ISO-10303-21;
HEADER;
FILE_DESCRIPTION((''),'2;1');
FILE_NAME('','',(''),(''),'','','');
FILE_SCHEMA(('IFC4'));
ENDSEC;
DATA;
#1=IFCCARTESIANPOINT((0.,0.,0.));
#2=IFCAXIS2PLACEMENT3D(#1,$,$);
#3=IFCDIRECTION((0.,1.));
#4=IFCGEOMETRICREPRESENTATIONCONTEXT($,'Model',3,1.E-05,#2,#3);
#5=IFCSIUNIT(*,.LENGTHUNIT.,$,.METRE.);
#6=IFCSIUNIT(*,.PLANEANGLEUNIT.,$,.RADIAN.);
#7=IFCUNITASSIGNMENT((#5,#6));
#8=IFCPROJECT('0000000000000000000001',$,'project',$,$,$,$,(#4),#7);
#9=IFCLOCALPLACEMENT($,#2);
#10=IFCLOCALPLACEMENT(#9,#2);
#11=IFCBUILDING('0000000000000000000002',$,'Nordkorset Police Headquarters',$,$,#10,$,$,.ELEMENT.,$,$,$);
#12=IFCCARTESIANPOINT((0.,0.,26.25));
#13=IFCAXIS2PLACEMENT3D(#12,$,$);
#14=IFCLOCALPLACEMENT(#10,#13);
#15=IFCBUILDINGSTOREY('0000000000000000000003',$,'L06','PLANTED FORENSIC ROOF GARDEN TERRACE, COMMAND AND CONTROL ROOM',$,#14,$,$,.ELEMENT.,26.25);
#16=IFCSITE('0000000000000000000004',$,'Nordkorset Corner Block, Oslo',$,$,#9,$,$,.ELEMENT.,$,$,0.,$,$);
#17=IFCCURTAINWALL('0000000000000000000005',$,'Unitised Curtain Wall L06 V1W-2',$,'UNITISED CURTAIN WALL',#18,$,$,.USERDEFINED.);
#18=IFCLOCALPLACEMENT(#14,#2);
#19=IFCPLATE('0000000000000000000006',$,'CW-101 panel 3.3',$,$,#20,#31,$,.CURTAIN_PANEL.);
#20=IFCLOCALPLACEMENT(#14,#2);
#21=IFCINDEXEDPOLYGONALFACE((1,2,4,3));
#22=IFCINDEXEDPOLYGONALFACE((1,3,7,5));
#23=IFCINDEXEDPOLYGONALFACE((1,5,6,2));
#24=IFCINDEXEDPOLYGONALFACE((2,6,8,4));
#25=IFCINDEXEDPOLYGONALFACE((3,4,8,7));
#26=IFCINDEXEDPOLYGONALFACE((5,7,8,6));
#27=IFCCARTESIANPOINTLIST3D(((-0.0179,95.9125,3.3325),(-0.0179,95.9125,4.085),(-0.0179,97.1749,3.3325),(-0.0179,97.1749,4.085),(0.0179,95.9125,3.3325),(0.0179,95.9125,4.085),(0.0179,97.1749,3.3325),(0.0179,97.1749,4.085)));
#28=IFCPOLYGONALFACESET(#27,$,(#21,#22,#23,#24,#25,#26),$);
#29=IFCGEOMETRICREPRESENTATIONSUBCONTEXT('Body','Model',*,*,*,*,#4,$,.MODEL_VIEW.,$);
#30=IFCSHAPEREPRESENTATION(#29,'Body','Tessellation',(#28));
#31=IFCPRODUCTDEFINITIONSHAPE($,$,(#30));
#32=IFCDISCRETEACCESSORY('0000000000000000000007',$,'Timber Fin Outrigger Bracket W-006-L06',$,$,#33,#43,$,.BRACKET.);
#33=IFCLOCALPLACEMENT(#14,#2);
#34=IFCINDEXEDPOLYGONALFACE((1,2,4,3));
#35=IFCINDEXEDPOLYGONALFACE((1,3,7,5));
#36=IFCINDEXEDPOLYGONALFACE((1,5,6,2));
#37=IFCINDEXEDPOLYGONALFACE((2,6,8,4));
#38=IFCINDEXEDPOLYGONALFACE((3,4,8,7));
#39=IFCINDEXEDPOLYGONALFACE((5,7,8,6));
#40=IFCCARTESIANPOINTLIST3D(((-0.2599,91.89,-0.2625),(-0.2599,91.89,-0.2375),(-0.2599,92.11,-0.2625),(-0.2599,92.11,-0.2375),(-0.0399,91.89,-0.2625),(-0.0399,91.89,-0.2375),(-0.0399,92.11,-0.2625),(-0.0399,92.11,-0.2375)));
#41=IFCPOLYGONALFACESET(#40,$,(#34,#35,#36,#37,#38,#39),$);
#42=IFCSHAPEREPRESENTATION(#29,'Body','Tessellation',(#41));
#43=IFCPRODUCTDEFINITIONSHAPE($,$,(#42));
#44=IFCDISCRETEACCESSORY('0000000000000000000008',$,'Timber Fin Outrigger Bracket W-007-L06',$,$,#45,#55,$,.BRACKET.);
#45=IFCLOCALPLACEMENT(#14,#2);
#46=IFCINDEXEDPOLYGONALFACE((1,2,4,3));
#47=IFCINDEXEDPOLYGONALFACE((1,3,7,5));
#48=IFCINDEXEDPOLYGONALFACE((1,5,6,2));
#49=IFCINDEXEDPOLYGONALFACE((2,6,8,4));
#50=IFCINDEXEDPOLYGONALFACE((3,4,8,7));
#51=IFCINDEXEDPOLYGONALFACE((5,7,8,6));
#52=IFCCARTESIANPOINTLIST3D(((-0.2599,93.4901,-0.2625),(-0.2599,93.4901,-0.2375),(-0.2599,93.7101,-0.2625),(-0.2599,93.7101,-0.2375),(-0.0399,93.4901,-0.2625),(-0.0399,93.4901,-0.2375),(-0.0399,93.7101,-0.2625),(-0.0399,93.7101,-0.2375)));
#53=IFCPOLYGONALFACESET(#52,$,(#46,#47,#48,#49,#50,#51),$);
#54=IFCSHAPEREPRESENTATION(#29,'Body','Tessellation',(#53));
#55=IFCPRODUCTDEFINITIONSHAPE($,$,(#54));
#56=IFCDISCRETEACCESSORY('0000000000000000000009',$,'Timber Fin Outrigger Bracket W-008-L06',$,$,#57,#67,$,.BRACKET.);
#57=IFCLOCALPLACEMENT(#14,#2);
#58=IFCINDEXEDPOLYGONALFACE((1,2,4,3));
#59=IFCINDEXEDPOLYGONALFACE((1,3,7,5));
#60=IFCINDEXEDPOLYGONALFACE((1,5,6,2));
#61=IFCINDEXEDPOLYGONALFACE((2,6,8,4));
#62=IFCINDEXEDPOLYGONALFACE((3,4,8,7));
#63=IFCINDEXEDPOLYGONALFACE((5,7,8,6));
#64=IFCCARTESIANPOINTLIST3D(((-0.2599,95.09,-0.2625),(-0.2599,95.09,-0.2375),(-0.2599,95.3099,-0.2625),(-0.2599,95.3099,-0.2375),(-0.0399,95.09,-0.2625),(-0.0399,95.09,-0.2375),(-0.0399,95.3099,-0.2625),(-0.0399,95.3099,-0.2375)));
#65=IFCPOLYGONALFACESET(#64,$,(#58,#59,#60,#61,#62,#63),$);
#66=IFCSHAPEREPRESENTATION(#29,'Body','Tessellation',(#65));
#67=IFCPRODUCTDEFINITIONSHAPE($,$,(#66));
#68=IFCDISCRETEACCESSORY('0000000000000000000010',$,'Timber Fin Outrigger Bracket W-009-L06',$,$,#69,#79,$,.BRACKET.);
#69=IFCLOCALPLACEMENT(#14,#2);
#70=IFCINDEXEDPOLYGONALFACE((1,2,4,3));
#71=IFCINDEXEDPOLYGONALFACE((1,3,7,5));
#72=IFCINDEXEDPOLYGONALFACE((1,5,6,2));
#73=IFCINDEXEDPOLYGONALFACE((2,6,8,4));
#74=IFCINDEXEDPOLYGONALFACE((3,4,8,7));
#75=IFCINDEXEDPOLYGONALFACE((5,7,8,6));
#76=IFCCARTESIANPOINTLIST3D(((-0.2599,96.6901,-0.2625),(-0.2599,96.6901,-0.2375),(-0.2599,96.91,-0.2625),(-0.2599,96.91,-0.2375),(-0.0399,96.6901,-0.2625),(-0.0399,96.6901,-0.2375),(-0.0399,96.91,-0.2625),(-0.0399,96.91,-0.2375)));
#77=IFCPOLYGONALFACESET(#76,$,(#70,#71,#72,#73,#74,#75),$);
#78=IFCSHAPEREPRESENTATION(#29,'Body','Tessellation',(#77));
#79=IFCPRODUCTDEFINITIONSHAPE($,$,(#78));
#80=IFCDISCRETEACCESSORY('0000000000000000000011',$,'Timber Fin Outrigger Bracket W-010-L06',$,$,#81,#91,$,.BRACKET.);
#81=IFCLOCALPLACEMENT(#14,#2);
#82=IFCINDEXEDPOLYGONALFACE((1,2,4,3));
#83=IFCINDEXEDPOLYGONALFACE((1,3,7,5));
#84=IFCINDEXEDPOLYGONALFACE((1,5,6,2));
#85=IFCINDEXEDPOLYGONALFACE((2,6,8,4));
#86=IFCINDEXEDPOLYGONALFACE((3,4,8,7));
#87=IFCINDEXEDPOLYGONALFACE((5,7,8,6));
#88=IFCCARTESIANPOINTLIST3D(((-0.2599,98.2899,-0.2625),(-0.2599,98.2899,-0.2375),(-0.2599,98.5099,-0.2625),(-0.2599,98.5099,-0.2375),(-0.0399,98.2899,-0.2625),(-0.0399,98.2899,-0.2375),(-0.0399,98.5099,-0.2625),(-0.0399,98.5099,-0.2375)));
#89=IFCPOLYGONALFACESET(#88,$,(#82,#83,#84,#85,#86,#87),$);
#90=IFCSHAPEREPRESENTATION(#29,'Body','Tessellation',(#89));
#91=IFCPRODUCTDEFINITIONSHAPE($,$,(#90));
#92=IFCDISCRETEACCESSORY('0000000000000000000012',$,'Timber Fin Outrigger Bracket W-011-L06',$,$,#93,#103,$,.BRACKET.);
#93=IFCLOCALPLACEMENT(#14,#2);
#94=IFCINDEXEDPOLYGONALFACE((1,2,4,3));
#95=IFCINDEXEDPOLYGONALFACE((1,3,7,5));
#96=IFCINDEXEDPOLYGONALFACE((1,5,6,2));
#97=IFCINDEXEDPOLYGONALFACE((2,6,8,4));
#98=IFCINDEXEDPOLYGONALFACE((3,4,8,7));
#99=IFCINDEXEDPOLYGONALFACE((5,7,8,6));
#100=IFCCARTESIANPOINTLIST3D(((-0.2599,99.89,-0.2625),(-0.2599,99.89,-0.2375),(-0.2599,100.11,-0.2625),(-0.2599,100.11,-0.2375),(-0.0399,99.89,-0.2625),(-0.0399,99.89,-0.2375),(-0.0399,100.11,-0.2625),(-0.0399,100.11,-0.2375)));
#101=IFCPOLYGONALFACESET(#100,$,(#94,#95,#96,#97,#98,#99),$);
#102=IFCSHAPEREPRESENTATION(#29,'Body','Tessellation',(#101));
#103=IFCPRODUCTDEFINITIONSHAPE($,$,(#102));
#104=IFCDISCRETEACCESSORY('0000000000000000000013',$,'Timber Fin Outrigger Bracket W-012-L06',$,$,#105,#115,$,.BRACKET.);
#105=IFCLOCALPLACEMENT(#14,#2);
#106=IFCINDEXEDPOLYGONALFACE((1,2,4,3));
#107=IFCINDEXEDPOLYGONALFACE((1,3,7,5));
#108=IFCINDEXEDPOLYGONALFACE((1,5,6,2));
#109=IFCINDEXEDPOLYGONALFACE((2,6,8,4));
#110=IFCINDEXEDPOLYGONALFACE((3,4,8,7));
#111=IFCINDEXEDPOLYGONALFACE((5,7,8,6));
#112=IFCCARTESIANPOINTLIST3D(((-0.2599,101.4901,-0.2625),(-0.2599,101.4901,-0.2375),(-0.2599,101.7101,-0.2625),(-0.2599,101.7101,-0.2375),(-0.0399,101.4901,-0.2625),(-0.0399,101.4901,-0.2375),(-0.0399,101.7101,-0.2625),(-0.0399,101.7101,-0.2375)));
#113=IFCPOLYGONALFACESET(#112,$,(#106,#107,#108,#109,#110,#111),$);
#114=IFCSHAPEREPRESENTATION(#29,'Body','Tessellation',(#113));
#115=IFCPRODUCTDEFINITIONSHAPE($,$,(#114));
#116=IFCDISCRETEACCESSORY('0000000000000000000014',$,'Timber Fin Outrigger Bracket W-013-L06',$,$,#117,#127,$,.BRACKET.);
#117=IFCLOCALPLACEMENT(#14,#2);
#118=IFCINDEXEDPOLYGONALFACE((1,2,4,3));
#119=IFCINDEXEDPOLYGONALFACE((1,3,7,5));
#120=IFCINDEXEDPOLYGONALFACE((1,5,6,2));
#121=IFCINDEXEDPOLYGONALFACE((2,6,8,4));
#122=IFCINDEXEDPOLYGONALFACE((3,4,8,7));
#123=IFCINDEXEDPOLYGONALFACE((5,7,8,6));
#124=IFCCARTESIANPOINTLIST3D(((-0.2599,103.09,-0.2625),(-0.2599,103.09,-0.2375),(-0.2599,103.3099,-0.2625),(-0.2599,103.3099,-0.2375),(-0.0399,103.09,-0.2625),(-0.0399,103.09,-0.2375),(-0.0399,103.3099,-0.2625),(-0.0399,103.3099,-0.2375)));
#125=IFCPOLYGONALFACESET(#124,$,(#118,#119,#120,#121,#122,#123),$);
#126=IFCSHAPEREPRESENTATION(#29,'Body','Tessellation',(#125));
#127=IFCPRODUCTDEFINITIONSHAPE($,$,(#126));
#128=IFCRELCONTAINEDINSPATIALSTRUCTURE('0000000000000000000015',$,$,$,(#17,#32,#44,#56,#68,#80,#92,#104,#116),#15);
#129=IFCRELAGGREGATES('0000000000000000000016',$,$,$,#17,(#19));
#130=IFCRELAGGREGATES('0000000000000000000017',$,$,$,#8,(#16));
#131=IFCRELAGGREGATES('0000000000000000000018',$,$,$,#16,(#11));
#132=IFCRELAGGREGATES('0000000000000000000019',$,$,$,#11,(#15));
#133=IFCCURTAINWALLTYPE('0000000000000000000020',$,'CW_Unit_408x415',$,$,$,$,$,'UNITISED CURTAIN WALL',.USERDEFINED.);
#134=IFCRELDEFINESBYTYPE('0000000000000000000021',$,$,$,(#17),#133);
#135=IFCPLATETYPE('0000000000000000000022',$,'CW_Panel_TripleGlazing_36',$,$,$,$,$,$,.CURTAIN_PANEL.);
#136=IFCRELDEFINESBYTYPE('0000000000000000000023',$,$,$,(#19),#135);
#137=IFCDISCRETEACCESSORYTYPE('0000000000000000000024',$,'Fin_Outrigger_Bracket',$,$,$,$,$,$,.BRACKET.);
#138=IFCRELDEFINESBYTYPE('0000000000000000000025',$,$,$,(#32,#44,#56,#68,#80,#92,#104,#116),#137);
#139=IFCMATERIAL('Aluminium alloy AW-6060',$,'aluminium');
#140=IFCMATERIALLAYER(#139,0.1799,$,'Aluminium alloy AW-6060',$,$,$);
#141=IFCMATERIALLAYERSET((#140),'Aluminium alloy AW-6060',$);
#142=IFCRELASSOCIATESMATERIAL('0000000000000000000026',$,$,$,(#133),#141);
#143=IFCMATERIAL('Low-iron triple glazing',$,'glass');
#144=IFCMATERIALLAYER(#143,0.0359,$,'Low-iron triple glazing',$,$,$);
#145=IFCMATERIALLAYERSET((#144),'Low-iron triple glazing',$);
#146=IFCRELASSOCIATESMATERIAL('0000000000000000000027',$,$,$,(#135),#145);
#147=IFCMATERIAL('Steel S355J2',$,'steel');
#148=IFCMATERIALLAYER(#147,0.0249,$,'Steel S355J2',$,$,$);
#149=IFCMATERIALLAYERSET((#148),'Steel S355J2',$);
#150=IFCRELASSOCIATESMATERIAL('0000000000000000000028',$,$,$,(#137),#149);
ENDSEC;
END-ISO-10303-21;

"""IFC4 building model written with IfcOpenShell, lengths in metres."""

from ifc_helpers import new_model, si_unit, direction, frame, origin, origin_2d, place, context, subcontext, project, spatial, rectangle, extrude, material, layer, layer_set, type_object, element, aggregate, save


model = new_model("IFC4")

# Units and contexts
model_context = context("Model", 3, precision=1e-05, world=origin(), true_north=direction((0.0, 1.0)))
body_context = subcontext(model_context, "Body", "Model", "MODEL_VIEW")
ifc_project = project(units=[si_unit("LENGTHUNIT", "METRE"), si_unit("PLANEANGLEUNIT", "RADIAN")], contexts=[model_context])

# Site, building, storey
site_placement = place(None, origin())
site = spatial("IfcSite", under=ifc_project, at=site_placement, Name="Nordkorset Corner Block, Oslo", CompositionType="ELEMENT", RefElevation=0.0)
building_placement = place(site_placement, origin())
building = spatial("IfcBuilding", under=site, at=building_placement, Name="Nordkorset Police Headquarters", CompositionType="ELEMENT")
storey_placement = place(building_placement, frame((0.0, 0.0, 26.25)))
storey = spatial("IfcBuildingStorey", under=building, at=storey_placement, Name="L06", Description="PLANTED FORENSIC ROOF GARDEN TERRACE, COMMAND AND CONTROL ROOM", CompositionType="ELEMENT", Elevation=26.25)

# Shared definitions
ifc_material_1 = material(Name="Aluminium alloy AW-6060", Category="aluminium")
ifc_layer_1 = layer(ifc_material_1, 0.1799, Name="Aluminium alloy AW-6060")
ifc_layer_set_1 = layer_set([ifc_layer_1], Name="Aluminium alloy AW-6060")
curtain_wall_type = type_object("IfcCurtainWallType", Name="CW_Unit_408x415", ElementType="UNITISED CURTAIN WALL", PredefinedType="USERDEFINED", material=ifc_layer_set_1)

# Curtain wall
curtain_wall_1_placement = place(storey_placement, origin())
curtain_wall_1 = element("IfcCurtainWall", 1, at=curtain_wall_1_placement, inside=storey, type_object=curtain_wall_type, Name="Unitised Curtain Wall L06 V1W-2", ObjectType="UNITISED CURTAIN WALL", PredefinedType="USERDEFINED")

# Plate
ifc_material_2 = material(Name="Low-iron triple glazing", Category="glass")
ifc_layer_2 = layer(ifc_material_2, 0.0359, Name="Low-iron triple glazing")
ifc_layer_set_2 = layer_set([ifc_layer_2], Name="Low-iron triple glazing")
plate_type = type_object("IfcPlateType", Name="CW_Panel_TripleGlazing_36", PredefinedType="CURTAIN_PANEL", material=ifc_layer_set_2)
plate_1_placement = place(storey_placement, frame((0.0, 96.5437, 3.3325), z_axis=(0.0, 0.0, 1.0), x_axis=(0.0, 1.0, 0.0)))
plate_1 = element("IfcPlate", 2, at=plate_1_placement, type_object=plate_type, Name="CW-101 panel 3.3", PredefinedType="CURTAIN_PANEL", context=body_context, shape_type="SweptSolid", body=[
    extrude(rectangle(XDim=1.2625, YDim=0.0359, at=origin_2d()), origin(), (0.0, 0.0, 1.0), 0.7524),
])
aggregate(curtain_wall_1, [plate_1])

# Discrete accessories
ifc_material_3 = material(Name="Steel S355J2", Category="steel")
ifc_layer_3 = layer(ifc_material_3, 0.0249, Name="Steel S355J2")
ifc_layer_set_3 = layer_set([ifc_layer_3], Name="Steel S355J2")
discrete_accessory_type = type_object("IfcDiscreteAccessoryType", Name="Fin_Outrigger_Bracket", PredefinedType="BRACKET", material=ifc_layer_set_3)
for number, where, z_axis, x_axis, name in (
    (3, (-0.1499, 92.0, -0.2625), (0.0, 0.0, 1.0), (1.0, 0.0, 0.0), "Timber Fin Outrigger Bracket W-006-L06"),
    (4, (-0.1499, 93.6001, -0.2625), (0.0, 0.0, 1.0), (1.0, 0.0, 0.0), "Timber Fin Outrigger Bracket W-007-L06"),
    (5, (-0.1499, 95.2, -0.2625), (0.0, 0.0, 1.0), (1.0, 0.0, 0.0), "Timber Fin Outrigger Bracket W-008-L06"),
    (6, (-0.1499, 96.8, -0.2625), (0.0, 0.0, 1.0), (1.0, 0.0, 0.0), "Timber Fin Outrigger Bracket W-009-L06"),
    (7, (-0.1499, 98.3999, -0.2625), (0.0, 0.0, 1.0), (1.0, 0.0, 0.0), "Timber Fin Outrigger Bracket W-010-L06"),
    (8, (-0.1499, 100.0, -0.2625), (0.0, 0.0, 1.0), (1.0, 0.0, 0.0), "Timber Fin Outrigger Bracket W-011-L06"),
    (9, (-0.1499, 101.6001, -0.2625), (0.0, 0.0, 1.0), (1.0, 0.0, 0.0), "Timber Fin Outrigger Bracket W-012-L06"),
    (10, (-0.1499, 103.2, -0.2625), (0.0, 0.0, 1.0), (1.0, 0.0, 0.0), "Timber Fin Outrigger Bracket W-013-L06"),
):
    element("IfcDiscreteAccessory", number, at=place(storey_placement, frame(where, z_axis=z_axis, x_axis=x_axis)), inside=storey, type_object=discrete_accessory_type, Name=name, PredefinedType="BRACKET", context=body_context, shape_type="SweptSolid", body=[
        extrude(rectangle(XDim=0.22, YDim=0.22, at=origin_2d()), origin(), (0.0, 0.0, 1.0), 0.0249),
    ])

save(model, "model.ifc")
